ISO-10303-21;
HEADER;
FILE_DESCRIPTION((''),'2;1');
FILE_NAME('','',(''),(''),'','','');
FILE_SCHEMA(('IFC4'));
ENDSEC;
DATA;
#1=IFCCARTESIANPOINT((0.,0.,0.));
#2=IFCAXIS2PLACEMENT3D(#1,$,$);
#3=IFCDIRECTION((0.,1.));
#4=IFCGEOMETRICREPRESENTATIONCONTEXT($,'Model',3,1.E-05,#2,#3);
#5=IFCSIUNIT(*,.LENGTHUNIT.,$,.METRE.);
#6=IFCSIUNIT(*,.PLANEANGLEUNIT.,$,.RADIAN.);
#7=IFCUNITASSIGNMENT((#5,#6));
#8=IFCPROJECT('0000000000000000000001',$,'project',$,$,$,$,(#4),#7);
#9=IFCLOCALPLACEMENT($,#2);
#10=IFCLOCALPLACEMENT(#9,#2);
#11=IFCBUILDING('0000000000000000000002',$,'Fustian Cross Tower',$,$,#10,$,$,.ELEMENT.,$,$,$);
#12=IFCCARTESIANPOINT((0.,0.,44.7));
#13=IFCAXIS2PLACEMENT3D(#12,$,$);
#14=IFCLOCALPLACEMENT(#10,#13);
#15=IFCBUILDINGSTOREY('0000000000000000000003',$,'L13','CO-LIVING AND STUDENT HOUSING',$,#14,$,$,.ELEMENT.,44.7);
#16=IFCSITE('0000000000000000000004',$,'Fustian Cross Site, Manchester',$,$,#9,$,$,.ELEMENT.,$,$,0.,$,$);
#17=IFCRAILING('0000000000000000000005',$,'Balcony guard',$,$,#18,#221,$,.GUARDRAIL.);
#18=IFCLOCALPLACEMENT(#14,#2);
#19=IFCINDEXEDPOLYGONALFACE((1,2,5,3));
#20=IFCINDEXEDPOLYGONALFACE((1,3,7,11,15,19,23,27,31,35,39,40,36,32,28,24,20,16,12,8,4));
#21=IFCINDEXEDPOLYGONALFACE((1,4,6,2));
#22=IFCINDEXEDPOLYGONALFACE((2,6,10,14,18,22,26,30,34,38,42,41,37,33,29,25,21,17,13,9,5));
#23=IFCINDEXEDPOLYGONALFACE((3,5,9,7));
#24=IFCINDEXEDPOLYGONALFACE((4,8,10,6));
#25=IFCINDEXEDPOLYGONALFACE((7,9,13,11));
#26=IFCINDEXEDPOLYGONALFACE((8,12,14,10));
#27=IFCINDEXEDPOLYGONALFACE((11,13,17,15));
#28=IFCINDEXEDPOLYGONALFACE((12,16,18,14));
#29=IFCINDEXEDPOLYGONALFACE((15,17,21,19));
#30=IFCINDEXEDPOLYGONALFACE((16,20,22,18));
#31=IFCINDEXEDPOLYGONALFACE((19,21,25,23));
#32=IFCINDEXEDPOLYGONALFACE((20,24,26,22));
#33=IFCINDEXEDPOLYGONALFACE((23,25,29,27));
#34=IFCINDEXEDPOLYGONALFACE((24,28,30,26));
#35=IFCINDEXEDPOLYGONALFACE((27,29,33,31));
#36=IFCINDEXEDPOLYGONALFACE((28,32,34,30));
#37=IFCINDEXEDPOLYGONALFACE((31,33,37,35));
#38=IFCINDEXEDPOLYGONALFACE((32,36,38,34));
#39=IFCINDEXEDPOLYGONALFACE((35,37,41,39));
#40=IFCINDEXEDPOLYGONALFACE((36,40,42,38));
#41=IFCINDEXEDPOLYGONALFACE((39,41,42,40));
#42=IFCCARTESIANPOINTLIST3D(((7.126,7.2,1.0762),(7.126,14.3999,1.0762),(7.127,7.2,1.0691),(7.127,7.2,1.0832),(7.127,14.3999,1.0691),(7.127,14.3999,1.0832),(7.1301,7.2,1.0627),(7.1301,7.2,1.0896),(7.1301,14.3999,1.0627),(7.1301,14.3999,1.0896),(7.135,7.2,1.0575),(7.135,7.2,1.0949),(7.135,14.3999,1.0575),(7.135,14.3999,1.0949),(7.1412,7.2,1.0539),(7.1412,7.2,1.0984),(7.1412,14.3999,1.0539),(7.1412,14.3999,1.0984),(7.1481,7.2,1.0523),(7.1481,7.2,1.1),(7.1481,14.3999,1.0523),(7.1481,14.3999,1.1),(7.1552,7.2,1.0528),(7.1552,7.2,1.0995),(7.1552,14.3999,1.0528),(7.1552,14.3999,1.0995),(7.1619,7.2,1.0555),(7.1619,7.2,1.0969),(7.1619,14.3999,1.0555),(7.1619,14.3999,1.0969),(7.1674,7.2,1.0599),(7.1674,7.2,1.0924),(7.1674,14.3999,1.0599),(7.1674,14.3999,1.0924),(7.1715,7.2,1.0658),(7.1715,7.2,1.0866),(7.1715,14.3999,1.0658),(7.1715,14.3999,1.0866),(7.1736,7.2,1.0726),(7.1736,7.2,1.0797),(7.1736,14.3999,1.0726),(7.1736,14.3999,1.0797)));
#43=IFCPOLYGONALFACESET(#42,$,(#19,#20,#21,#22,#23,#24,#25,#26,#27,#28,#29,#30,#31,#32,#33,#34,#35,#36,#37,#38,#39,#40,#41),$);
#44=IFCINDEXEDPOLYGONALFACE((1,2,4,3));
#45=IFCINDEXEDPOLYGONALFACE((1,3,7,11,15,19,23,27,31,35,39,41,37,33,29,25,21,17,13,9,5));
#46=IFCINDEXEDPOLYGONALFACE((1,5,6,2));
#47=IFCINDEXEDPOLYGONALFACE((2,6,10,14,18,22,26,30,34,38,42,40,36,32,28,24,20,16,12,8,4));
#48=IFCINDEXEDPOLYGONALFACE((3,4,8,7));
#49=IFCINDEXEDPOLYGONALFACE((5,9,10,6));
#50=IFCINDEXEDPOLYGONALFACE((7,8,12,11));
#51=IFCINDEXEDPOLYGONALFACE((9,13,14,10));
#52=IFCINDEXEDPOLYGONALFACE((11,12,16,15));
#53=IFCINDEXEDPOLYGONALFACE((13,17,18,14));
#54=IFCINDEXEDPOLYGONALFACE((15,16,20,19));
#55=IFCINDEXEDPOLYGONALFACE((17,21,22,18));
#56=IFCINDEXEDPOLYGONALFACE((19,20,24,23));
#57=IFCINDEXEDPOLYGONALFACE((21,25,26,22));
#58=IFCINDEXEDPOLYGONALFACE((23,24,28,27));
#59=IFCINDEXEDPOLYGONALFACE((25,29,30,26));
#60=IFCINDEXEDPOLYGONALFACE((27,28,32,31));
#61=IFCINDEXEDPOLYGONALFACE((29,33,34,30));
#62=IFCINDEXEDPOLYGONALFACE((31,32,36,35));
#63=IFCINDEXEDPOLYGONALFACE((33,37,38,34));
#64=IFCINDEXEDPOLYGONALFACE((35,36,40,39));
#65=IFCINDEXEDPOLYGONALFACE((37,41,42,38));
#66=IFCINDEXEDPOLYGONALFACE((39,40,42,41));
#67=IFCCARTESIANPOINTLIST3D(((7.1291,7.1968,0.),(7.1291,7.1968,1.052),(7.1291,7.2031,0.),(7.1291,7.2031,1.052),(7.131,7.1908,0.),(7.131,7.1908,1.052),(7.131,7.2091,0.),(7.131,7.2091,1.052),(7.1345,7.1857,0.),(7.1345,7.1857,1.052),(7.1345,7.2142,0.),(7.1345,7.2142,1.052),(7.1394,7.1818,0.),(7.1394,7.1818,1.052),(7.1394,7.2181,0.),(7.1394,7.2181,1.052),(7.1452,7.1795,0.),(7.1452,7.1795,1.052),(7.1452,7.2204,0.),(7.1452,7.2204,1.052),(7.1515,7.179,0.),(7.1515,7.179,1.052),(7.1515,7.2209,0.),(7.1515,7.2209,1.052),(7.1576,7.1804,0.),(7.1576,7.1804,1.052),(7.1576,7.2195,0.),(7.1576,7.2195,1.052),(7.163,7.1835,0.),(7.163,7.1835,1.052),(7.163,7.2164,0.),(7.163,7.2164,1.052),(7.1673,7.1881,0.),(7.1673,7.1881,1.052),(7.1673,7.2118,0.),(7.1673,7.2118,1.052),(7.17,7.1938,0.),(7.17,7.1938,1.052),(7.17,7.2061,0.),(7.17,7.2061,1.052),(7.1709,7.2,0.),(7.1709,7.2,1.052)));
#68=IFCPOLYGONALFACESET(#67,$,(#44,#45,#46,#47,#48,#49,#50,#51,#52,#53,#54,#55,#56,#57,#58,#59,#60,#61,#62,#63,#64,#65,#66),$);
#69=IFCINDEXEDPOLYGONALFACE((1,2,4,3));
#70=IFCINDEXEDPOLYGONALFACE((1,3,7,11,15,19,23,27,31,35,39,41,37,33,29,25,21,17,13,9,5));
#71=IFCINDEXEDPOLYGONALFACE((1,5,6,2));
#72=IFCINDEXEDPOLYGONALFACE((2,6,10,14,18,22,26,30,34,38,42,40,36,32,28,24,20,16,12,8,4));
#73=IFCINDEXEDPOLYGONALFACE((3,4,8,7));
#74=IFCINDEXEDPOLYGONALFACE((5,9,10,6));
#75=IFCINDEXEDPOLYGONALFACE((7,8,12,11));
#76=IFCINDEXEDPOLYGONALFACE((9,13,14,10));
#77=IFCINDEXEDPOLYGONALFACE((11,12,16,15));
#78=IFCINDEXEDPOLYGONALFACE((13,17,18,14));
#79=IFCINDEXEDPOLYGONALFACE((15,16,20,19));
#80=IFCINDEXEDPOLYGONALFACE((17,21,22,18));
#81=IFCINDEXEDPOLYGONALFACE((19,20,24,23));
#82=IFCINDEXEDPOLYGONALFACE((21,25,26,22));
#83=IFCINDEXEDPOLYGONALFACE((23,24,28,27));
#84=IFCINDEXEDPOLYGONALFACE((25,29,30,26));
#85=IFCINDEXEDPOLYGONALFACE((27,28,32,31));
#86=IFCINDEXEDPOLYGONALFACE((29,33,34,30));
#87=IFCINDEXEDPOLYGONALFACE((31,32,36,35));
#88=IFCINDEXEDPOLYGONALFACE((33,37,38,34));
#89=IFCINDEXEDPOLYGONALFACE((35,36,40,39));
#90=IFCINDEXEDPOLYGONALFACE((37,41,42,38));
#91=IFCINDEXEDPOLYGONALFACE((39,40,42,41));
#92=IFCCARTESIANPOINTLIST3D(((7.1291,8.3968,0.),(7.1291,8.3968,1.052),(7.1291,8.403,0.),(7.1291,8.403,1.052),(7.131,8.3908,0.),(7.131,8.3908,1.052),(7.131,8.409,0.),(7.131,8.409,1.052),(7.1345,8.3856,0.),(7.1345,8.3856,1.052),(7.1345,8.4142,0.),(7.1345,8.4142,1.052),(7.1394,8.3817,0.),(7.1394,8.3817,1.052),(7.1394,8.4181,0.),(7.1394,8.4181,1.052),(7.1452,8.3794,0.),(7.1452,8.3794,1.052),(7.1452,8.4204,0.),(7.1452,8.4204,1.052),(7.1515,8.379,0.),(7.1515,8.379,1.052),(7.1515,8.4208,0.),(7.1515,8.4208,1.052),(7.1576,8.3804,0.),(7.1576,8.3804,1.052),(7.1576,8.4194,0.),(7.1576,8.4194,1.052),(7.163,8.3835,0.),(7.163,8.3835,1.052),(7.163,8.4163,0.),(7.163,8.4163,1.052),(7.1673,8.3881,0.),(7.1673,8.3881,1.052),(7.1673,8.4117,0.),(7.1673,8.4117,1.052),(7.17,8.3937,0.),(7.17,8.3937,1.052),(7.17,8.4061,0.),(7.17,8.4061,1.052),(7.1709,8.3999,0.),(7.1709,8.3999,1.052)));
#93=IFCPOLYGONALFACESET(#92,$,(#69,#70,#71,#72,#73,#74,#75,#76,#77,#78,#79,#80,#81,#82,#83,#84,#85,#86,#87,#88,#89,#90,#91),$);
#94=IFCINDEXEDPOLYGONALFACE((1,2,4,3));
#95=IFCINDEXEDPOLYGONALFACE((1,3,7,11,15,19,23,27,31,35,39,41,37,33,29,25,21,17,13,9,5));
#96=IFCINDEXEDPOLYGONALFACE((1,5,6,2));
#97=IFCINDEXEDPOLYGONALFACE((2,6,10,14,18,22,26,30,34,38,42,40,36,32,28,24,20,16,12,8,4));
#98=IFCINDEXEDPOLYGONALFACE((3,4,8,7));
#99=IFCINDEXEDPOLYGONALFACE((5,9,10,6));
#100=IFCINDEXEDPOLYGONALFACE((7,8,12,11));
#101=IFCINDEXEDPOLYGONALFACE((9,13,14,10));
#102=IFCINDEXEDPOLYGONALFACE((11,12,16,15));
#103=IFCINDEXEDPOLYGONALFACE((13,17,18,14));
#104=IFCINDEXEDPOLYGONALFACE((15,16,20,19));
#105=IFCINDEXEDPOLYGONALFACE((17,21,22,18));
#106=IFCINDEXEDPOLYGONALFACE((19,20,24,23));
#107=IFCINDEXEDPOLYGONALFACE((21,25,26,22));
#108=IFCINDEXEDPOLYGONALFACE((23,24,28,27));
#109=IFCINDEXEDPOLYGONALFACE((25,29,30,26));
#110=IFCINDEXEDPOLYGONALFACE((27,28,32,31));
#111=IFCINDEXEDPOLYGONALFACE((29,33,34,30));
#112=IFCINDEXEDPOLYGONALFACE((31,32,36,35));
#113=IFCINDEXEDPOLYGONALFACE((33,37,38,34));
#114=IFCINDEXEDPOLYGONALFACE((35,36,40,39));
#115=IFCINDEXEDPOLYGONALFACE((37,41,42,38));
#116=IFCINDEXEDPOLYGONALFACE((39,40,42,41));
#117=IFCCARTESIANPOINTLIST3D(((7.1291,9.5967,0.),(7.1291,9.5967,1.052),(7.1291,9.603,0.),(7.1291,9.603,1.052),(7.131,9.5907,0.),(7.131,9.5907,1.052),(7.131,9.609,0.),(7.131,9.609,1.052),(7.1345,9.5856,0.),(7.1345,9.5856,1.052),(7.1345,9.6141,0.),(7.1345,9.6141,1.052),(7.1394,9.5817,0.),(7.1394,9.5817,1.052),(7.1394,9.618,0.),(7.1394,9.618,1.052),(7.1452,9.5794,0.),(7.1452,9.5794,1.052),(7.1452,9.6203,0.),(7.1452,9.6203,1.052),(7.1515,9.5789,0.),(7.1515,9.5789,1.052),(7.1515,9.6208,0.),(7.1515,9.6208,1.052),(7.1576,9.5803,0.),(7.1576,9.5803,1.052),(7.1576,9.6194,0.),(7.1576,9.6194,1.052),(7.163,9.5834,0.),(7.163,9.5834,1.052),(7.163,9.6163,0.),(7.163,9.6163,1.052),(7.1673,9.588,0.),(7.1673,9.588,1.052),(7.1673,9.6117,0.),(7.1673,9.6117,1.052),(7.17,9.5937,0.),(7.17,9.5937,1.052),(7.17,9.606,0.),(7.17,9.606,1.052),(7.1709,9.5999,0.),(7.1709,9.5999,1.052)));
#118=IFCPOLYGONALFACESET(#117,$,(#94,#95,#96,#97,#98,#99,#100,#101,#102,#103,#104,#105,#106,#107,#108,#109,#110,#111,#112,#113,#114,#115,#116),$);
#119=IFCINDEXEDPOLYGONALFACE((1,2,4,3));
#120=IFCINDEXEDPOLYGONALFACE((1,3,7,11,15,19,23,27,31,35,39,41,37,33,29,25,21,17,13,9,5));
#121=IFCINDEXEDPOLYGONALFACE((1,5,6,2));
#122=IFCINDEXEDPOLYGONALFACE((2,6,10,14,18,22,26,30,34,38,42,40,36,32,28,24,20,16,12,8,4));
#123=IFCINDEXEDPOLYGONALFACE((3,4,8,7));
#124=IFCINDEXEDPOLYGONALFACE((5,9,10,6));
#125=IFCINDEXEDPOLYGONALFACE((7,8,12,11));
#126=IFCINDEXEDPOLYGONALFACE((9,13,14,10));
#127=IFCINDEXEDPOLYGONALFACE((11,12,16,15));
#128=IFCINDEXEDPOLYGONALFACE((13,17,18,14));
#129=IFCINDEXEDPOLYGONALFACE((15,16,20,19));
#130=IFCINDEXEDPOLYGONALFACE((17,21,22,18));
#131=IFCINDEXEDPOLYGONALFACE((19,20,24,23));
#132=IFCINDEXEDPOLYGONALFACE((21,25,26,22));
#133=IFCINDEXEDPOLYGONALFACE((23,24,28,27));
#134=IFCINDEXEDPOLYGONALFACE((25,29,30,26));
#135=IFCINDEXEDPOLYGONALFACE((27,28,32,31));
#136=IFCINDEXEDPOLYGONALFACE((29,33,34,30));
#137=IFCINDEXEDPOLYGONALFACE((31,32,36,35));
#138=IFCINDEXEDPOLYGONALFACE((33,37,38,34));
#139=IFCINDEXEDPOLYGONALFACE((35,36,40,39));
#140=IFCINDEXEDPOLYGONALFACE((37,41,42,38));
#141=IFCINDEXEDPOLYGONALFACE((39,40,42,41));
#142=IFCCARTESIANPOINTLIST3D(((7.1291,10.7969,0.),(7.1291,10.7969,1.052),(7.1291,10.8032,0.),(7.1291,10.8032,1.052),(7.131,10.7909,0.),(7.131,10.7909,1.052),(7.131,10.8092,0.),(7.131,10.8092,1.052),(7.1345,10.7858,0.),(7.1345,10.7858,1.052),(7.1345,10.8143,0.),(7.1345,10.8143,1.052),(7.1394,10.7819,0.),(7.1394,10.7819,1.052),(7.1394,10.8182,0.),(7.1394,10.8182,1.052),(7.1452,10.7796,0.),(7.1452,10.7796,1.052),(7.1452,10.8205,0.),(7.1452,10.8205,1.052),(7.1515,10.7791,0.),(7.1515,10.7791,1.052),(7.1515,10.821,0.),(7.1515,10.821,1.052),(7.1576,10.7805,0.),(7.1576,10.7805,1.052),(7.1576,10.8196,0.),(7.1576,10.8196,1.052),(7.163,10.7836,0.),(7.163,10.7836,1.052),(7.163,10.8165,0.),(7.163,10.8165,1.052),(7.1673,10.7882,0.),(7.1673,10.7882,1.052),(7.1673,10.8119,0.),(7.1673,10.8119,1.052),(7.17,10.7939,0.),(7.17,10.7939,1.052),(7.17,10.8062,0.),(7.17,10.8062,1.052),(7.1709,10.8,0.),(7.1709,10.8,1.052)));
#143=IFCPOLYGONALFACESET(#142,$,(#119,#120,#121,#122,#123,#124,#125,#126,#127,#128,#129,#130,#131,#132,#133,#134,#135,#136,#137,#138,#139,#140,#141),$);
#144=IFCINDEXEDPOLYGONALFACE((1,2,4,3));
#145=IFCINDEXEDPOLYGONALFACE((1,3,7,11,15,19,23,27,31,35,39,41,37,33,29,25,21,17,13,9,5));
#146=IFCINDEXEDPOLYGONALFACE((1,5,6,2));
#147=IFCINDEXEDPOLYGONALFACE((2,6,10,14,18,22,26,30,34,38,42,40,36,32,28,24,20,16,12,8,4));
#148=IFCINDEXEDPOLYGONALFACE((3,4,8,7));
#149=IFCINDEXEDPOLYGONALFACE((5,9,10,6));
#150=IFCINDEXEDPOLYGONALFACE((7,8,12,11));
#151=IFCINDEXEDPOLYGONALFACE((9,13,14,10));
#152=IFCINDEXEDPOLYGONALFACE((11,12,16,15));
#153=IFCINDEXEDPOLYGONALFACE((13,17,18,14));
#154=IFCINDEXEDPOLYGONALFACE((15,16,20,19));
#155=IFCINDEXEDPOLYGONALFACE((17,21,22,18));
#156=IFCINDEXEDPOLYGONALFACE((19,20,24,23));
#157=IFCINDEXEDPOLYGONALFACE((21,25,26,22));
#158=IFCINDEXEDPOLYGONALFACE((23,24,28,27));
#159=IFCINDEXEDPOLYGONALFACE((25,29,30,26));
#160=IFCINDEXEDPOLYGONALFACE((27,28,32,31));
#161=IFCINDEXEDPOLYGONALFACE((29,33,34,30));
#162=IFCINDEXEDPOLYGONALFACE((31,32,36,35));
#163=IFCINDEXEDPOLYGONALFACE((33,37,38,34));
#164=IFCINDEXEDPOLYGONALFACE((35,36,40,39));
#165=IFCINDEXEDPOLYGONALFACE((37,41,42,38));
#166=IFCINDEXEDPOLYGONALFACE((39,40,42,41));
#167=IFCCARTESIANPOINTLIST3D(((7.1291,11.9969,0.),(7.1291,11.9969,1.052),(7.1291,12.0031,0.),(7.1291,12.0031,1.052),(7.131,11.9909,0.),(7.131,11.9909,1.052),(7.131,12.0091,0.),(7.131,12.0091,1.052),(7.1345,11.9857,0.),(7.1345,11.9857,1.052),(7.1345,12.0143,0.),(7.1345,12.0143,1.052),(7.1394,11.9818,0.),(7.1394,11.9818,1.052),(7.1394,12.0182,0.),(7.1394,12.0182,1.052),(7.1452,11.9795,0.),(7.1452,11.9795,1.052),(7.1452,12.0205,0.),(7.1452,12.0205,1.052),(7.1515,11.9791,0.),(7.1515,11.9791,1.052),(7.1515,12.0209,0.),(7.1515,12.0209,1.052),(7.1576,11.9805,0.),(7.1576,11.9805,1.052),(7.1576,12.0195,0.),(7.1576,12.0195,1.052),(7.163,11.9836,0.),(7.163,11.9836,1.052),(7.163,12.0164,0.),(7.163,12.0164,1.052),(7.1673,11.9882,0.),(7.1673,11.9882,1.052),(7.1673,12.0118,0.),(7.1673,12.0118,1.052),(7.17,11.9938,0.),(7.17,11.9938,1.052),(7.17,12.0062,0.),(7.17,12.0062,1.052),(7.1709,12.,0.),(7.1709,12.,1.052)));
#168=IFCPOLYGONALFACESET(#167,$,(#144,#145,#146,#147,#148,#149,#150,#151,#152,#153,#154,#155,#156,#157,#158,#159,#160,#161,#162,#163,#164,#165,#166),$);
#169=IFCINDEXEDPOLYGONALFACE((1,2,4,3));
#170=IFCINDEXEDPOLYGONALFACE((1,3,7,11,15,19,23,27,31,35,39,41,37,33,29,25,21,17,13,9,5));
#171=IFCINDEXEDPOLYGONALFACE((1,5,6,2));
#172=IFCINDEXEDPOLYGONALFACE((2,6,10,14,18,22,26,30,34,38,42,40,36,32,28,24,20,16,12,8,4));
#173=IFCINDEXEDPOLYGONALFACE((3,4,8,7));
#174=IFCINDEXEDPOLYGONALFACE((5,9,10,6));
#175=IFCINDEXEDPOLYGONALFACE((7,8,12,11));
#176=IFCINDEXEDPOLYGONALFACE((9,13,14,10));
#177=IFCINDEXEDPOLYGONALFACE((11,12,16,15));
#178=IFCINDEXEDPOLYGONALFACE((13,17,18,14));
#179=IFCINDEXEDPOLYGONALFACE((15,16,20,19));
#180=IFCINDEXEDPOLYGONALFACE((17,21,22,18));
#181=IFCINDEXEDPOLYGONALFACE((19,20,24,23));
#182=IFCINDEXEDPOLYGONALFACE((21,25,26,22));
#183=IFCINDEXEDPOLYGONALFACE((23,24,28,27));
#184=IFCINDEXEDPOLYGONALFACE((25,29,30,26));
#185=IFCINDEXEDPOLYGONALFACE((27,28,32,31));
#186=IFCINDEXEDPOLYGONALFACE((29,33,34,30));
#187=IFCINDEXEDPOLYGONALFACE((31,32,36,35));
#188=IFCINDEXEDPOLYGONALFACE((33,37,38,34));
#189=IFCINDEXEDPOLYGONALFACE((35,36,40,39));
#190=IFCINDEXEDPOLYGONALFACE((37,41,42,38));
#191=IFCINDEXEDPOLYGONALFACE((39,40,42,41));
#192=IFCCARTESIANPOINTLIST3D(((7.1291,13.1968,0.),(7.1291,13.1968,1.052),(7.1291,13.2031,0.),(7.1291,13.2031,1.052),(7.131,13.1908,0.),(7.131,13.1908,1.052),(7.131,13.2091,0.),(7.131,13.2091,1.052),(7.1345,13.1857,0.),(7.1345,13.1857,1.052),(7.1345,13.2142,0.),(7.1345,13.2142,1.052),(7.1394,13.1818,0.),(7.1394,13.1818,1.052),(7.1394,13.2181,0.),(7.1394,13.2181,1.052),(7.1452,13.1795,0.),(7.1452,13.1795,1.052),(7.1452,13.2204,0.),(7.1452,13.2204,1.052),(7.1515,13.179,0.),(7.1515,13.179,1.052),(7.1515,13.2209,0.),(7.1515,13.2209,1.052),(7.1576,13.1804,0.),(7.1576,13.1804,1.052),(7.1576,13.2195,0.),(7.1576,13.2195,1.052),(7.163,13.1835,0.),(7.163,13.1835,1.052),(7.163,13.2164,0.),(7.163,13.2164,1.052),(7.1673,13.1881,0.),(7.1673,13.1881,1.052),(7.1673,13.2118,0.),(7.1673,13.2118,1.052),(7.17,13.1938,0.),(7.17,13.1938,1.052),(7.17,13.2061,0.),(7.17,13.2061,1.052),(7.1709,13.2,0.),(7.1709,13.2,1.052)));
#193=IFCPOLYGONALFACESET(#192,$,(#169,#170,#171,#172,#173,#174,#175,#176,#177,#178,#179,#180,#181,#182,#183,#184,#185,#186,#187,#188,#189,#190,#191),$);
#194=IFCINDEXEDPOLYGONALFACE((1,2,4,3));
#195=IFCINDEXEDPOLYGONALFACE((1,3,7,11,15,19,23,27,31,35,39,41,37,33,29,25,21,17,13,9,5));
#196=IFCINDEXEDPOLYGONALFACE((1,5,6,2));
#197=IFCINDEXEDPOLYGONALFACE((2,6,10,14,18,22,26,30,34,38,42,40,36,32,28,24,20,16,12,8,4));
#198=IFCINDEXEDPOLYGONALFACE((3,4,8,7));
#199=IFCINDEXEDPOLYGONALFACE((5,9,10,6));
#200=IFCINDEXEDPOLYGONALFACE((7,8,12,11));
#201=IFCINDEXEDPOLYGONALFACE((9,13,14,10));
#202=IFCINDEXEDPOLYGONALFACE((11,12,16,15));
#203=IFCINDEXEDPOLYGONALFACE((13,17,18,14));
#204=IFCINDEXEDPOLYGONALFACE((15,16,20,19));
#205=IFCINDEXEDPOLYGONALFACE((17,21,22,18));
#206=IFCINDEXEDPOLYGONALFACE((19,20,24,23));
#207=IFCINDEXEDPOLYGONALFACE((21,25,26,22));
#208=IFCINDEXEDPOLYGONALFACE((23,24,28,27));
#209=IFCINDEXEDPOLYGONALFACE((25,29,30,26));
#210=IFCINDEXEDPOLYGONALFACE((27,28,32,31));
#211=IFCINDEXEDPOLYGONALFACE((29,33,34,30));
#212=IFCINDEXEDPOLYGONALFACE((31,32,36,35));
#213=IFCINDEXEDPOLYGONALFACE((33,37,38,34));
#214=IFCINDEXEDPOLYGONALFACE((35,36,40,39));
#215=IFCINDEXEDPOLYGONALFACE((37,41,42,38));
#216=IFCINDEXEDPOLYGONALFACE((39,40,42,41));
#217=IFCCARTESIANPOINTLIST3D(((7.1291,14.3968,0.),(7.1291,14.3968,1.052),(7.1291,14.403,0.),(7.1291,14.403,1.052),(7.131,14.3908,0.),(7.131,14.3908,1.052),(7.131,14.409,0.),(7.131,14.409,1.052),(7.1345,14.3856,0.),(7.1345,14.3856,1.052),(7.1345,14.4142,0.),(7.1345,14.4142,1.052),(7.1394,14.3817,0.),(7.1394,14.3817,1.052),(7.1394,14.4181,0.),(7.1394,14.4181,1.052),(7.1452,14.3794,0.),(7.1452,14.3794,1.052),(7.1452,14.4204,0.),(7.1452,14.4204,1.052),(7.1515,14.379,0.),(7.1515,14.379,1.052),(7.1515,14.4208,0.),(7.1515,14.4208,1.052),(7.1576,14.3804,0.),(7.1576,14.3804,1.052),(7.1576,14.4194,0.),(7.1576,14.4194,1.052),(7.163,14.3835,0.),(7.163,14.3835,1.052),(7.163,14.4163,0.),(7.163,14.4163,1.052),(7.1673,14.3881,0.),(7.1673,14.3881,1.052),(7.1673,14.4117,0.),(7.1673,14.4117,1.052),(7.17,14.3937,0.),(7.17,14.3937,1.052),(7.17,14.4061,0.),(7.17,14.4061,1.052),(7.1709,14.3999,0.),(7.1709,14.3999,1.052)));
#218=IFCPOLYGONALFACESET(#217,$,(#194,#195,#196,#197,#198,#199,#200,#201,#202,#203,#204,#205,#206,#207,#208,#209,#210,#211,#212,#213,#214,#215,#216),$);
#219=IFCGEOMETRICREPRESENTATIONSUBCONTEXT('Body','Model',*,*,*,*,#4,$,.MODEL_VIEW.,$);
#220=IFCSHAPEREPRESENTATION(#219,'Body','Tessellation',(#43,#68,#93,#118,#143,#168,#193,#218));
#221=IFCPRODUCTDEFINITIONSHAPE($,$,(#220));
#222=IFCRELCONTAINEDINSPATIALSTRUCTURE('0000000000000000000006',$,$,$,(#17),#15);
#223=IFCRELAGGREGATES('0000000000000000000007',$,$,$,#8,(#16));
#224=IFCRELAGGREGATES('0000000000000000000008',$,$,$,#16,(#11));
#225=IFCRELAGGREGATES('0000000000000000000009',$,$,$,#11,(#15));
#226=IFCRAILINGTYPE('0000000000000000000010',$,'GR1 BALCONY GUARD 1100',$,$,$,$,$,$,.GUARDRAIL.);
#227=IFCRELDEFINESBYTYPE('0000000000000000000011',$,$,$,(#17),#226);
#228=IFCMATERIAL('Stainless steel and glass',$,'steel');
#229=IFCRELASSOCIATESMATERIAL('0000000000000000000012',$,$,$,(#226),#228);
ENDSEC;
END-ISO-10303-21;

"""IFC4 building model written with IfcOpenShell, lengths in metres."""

from ifc_helpers import new_model, si_unit, direction, frame, origin, origin_2d, place, context, subcontext, project, spatial, circle, extrude, material, type_object, element, save


model = new_model("IFC4")

# Units and contexts
model_context = context("Model", 3, precision=1e-05, world=origin(), true_north=direction((0.0, 1.0)))
body_context = subcontext(model_context, "Body", "Model", "MODEL_VIEW")
ifc_project = project(units=[si_unit("LENGTHUNIT", "METRE"), si_unit("PLANEANGLEUNIT", "RADIAN")], contexts=[model_context])

# Site, building, storey
site_placement = place(None, origin())
site = spatial("IfcSite", under=ifc_project, at=site_placement, Name="Fustian Cross Site, Manchester", CompositionType="ELEMENT", RefElevation=0.0)
building_placement = place(site_placement, origin())
building = spatial("IfcBuilding", under=site, at=building_placement, Name="Fustian Cross Tower", CompositionType="ELEMENT")
storey_placement = place(building_placement, frame((0.0, 0.0, 44.7)))
storey = spatial("IfcBuildingStorey", under=building, at=storey_placement, Name="L13", Description="CO-LIVING AND STUDENT HOUSING", CompositionType="ELEMENT", Elevation=44.7)

# Railing
ifc_material_1 = material(Name="Stainless steel and glass", Category="steel")
railing_type = type_object("IfcRailingType", Name="GR1 BALCONY GUARD 1100", PredefinedType="GUARDRAIL", material=ifc_material_1)
railing_placement = place(storey_placement, frame((7.1499, 7.2, 0.0)))
element("IfcRailing", 1, at=railing_placement, inside=storey, type_object=railing_type, Name="Balcony guard", PredefinedType="GUARDRAIL", context=body_context, shape_type="SweptSolid", body=[
    extrude(circle(Radius=0.0239, at=origin_2d()), frame((0.0, 0.0, 1.0762), z_axis=(0.0, 1.0, 0.0), x_axis=(-1.0, 0.0, 0.0)), (0.0, 0.0, 1.0), 7.2),
    extrude(circle(Radius=0.021, at=origin_2d()), origin(), (0.0, 0.0, 1.0), 1.052),
    extrude(circle(Radius=0.021, at=origin_2d()), frame((0.0, 1.2, 0.0)), (0.0, 0.0, 1.0), 1.052),
    extrude(circle(Radius=0.021, at=origin_2d()), frame((0.0, 2.3999, 0.0)), (0.0, 0.0, 1.0), 1.052),
    extrude(circle(Radius=0.021, at=origin_2d()), frame((0.0, 3.6001, 0.0)), (0.0, 0.0, 1.0), 1.052),
    extrude(circle(Radius=0.021, at=origin_2d()), frame((0.0, 4.8, 0.0)), (0.0, 0.0, 1.0), 1.052),
    extrude(circle(Radius=0.021, at=origin_2d()), frame((0.0, 6.0, 0.0)), (0.0, 0.0, 1.0), 1.052),
    extrude(circle(Radius=0.021, at=origin_2d()), frame((0.0, 7.2, 0.0)), (0.0, 0.0, 1.0), 1.052),
])

save(model, "model.ifc")
